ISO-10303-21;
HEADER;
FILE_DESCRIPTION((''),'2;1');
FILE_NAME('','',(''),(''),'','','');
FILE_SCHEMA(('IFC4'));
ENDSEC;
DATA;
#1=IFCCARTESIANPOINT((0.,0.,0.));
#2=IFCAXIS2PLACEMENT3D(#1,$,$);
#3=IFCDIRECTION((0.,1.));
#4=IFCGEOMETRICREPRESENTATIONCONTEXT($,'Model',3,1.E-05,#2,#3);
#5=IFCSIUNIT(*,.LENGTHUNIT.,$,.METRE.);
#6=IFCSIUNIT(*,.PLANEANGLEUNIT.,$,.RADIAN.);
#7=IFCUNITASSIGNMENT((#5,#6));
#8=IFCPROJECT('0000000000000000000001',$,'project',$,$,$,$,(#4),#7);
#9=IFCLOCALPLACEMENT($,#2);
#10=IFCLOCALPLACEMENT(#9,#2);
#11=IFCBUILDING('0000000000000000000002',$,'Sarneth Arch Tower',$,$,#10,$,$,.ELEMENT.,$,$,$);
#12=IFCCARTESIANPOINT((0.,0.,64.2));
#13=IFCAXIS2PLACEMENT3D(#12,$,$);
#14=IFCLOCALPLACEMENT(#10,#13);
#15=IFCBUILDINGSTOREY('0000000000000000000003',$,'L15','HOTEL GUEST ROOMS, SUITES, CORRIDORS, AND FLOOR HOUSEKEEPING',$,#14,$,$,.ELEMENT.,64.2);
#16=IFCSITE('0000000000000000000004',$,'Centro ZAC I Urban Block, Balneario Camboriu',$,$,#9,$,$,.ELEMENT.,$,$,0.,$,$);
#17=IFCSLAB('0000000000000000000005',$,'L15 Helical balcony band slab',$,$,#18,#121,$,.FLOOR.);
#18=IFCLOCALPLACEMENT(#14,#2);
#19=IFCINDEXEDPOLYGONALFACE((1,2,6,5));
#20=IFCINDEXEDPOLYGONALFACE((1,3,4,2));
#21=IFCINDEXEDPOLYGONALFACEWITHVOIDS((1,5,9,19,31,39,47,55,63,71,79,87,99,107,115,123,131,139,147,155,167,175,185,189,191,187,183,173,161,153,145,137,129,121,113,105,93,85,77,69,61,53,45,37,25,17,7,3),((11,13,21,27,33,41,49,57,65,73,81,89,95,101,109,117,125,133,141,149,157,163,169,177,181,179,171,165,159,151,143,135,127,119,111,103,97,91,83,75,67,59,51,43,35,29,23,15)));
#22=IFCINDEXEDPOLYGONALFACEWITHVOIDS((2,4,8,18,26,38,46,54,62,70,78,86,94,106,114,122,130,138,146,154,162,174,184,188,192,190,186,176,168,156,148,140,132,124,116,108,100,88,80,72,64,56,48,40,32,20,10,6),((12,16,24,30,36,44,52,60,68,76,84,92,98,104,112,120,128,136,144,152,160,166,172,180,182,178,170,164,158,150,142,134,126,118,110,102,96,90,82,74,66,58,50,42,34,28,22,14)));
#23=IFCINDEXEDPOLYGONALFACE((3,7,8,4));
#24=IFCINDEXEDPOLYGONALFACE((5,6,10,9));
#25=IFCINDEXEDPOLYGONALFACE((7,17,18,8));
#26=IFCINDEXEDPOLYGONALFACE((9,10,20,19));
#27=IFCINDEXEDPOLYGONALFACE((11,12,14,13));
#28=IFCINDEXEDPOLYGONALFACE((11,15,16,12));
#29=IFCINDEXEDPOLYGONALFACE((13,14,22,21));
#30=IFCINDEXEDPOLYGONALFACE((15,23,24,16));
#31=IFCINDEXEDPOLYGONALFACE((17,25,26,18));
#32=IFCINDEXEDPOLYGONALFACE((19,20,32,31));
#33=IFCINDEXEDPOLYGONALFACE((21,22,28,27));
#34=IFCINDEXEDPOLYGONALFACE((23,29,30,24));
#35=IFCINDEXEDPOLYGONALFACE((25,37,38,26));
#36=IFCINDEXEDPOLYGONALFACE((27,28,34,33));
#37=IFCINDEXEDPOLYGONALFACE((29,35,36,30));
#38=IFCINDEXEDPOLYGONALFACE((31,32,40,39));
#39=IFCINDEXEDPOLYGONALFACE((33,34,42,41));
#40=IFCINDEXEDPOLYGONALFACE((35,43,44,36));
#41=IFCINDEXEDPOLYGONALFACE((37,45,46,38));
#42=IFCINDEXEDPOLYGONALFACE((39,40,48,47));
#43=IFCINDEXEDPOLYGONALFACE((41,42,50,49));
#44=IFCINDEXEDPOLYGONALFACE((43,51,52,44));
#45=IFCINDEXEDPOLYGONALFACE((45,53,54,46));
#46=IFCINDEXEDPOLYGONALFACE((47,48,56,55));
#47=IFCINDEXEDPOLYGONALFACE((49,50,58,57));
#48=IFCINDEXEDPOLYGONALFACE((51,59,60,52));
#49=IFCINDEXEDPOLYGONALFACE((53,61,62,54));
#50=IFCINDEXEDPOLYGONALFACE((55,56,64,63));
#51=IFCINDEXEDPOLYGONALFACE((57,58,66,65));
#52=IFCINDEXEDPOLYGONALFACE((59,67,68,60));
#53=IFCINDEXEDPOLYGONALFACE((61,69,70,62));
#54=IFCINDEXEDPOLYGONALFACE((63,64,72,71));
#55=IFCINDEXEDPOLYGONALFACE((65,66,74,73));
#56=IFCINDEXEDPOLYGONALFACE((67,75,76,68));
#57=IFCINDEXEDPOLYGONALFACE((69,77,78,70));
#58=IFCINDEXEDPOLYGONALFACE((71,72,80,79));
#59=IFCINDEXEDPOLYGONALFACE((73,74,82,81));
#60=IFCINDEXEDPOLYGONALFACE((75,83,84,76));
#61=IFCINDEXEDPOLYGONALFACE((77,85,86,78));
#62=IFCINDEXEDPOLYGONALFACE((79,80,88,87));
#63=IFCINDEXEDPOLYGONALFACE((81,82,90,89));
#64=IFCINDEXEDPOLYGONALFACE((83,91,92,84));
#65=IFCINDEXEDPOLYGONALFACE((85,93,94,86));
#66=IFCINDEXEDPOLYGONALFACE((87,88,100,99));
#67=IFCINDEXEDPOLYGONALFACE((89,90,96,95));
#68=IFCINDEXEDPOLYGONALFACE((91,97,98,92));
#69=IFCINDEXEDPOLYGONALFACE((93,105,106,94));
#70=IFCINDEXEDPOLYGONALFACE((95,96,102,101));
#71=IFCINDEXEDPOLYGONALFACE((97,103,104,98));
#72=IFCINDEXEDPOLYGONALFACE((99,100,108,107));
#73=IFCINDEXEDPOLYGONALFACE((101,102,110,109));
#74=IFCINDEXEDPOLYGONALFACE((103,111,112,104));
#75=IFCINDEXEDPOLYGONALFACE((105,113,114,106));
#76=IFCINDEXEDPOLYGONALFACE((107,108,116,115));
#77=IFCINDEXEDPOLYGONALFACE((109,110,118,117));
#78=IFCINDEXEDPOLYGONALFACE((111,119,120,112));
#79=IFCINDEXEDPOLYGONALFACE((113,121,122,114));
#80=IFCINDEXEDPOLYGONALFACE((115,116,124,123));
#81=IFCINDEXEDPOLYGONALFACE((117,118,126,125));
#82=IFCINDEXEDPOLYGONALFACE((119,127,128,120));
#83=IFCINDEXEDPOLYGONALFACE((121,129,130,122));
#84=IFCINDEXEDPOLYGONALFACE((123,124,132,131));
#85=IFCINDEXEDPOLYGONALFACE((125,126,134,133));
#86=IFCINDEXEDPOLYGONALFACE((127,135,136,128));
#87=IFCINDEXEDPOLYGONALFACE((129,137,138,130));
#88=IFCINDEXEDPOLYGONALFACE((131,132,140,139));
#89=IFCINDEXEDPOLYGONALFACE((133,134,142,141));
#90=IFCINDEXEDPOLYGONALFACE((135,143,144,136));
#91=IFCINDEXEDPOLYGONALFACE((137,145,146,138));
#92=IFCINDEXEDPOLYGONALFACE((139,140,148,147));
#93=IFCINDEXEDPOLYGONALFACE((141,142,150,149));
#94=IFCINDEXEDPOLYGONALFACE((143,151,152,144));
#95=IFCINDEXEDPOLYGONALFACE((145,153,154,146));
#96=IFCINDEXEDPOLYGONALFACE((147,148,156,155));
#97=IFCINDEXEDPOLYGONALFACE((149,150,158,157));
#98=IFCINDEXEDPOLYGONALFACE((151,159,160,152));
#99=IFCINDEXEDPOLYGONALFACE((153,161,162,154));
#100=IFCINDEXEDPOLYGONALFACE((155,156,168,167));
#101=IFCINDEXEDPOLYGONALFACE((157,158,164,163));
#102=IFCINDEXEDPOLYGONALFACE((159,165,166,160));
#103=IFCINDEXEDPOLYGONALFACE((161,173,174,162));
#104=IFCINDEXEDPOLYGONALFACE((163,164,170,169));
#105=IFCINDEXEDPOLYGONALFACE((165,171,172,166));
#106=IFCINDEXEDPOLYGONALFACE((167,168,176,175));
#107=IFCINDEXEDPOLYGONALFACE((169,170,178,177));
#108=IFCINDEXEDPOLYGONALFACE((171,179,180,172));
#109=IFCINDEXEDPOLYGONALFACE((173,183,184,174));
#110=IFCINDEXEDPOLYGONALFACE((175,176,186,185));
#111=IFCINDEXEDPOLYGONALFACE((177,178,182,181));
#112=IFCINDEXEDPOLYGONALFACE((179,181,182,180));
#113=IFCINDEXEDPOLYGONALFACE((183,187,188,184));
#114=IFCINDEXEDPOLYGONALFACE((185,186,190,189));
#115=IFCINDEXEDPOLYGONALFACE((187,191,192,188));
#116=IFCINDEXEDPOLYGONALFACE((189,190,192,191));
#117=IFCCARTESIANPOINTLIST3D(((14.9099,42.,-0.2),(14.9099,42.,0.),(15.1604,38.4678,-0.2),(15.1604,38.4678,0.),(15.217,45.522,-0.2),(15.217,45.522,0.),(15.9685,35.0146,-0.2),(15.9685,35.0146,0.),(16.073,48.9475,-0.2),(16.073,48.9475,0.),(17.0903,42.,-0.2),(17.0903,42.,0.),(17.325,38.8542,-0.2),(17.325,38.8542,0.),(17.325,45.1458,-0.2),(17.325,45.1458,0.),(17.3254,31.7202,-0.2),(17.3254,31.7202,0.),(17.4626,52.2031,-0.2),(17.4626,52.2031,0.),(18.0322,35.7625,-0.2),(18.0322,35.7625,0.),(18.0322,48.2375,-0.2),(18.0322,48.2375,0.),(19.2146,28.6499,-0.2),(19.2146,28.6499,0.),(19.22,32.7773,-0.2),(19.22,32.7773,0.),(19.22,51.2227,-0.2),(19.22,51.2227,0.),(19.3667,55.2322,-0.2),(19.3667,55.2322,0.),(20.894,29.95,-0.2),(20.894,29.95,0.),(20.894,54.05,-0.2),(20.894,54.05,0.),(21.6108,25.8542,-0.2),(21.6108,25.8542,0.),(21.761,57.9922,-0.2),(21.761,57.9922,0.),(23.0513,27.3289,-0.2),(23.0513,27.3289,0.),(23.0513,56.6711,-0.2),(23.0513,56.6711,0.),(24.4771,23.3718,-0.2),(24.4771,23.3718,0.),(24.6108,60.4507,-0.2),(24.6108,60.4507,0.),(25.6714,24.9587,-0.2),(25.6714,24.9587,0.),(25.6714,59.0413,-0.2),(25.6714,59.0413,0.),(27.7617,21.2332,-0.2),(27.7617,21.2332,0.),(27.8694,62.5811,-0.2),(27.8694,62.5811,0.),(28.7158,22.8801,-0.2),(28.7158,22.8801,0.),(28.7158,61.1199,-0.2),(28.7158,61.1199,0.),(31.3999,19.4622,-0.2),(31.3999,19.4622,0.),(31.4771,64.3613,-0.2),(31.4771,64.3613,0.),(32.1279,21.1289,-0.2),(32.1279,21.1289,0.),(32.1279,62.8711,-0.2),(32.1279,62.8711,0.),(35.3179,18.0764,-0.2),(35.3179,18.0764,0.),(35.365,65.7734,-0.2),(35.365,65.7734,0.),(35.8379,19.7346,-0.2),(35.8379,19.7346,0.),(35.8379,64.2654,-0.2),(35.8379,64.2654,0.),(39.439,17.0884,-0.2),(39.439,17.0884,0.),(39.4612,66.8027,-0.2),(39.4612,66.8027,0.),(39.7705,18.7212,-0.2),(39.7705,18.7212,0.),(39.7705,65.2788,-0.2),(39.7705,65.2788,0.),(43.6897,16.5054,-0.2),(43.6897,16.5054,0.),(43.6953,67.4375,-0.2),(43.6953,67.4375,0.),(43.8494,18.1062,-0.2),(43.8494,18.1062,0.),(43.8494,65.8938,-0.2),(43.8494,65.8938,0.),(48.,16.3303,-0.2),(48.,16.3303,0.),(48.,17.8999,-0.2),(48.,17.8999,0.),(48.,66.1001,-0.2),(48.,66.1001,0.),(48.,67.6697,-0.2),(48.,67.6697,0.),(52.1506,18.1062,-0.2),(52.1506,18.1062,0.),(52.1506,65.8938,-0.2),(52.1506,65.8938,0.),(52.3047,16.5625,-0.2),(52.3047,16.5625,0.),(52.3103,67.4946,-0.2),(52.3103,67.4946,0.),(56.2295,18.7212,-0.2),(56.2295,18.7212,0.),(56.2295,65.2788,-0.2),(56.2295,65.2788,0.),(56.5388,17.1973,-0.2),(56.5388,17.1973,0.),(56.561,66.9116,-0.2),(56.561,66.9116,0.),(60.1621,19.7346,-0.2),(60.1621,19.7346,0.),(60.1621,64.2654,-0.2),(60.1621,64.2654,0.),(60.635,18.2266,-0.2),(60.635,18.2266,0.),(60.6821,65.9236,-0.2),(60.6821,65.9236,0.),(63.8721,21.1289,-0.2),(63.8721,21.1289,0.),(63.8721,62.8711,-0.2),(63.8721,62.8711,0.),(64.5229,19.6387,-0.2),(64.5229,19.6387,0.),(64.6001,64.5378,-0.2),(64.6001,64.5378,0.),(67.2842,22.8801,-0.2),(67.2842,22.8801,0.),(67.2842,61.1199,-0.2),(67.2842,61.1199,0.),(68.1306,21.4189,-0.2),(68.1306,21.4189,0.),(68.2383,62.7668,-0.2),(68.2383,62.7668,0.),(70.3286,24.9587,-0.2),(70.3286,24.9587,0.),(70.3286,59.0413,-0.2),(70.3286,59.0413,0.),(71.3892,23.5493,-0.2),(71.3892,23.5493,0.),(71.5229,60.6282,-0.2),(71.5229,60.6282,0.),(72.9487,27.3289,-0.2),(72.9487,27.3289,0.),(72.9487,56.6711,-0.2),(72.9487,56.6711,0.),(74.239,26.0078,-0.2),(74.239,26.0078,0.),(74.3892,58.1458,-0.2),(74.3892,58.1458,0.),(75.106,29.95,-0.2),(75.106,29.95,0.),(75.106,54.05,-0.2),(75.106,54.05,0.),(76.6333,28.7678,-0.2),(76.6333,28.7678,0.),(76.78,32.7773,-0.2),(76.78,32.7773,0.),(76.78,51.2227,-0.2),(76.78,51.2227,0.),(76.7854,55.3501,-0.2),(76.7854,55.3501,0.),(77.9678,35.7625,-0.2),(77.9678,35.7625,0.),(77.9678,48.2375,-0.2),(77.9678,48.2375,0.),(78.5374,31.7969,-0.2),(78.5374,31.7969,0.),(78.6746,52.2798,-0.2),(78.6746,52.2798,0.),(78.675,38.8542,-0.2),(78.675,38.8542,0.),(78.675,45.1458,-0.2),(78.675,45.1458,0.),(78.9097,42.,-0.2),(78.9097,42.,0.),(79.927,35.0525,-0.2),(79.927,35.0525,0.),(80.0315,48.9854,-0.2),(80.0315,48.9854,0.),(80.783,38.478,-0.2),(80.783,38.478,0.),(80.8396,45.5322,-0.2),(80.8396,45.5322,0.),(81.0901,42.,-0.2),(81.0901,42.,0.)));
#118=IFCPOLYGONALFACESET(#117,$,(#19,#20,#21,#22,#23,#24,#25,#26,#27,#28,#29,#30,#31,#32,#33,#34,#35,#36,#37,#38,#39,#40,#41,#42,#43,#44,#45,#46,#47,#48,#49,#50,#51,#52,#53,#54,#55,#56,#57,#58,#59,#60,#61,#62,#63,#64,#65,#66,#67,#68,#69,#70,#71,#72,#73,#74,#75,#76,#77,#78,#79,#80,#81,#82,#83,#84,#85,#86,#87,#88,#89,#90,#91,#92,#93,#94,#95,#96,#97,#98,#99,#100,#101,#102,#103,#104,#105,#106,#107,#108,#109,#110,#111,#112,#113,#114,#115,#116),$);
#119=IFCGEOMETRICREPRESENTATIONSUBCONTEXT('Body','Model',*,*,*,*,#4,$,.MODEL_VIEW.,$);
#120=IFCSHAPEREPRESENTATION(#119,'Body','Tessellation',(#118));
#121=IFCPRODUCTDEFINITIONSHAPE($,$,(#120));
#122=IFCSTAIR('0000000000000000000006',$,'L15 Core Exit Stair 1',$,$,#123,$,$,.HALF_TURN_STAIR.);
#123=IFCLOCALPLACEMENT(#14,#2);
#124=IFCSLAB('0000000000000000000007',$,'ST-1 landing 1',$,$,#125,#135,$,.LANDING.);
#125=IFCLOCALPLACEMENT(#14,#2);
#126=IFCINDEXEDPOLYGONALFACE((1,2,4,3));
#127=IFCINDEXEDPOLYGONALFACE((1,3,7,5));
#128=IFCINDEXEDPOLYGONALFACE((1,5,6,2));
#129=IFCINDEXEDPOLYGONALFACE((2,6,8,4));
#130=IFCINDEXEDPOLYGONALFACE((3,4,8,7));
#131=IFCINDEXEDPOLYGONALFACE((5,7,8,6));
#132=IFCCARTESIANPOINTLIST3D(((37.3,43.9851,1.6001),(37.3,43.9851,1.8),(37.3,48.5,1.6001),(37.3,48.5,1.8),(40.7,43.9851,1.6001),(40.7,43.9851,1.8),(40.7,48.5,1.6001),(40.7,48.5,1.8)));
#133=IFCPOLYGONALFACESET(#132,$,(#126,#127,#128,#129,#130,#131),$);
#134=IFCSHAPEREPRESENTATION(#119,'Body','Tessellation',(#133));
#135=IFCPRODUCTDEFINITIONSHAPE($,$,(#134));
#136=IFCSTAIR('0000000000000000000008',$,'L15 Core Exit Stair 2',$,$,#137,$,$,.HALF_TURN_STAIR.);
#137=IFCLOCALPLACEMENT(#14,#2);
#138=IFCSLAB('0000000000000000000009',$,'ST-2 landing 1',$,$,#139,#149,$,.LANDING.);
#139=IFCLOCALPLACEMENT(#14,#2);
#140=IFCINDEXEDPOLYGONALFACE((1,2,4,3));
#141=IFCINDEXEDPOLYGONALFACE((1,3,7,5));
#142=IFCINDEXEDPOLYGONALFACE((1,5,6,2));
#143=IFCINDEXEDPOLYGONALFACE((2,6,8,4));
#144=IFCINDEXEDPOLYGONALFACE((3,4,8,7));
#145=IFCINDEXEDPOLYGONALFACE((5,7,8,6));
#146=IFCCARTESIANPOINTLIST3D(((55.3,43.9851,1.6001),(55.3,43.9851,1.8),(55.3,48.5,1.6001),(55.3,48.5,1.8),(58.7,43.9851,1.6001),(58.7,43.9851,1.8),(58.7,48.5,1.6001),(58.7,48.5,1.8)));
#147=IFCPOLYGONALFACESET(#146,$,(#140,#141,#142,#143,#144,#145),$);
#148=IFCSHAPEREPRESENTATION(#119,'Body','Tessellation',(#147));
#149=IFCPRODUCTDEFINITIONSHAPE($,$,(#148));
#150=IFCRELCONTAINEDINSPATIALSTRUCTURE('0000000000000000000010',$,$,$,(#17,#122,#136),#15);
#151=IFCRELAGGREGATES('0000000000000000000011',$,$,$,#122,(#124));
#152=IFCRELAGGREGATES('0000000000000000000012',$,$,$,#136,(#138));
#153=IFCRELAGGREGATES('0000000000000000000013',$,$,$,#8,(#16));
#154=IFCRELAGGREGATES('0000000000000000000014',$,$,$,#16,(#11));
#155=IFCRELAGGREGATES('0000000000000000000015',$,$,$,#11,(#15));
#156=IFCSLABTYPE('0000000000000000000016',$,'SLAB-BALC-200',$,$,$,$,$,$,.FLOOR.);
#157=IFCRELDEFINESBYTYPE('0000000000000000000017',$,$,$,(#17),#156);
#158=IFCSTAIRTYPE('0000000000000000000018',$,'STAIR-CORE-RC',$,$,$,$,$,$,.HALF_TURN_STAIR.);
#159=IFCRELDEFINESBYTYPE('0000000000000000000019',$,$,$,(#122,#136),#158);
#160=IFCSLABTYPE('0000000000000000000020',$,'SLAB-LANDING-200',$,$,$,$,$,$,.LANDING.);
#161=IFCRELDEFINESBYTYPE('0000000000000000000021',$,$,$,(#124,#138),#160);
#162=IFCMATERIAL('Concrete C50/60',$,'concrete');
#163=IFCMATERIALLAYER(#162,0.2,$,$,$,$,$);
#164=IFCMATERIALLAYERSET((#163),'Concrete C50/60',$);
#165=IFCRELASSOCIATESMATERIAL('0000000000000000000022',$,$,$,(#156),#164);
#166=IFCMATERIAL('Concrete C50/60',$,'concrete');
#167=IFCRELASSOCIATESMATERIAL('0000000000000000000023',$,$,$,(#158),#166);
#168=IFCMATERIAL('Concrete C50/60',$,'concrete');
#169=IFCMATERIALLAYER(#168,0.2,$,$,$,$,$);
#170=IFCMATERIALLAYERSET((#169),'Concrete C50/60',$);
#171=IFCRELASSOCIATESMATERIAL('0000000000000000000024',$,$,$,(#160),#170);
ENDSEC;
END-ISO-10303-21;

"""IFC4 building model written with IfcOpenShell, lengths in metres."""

from ifc_helpers import new_model, si_unit, direction, frame, origin, place, context, subcontext, project, spatial, polyline, outline, extrude, material, layer, layer_set, type_object, element, aggregate, save


model = new_model("IFC4")

# Units and contexts
model_context = context("Model", 3, precision=1e-05, world=origin(), true_north=direction((0.0, 1.0)))
body_context = subcontext(model_context, "Body", "Model", "MODEL_VIEW")
ifc_project = project(units=[si_unit("LENGTHUNIT", "METRE"), si_unit("PLANEANGLEUNIT", "RADIAN")], contexts=[model_context])

# Site, building, storey
site_placement = place(None, origin())
site = spatial("IfcSite", under=ifc_project, at=site_placement, Name="Centro ZAC I Urban Block, Balneario Camboriu", CompositionType="ELEMENT", RefElevation=0.0)
building_placement = place(site_placement, origin())
building = spatial("IfcBuilding", under=site, at=building_placement, Name="Sarneth Arch Tower", CompositionType="ELEMENT")
storey_placement = place(building_placement, frame((0.0, 0.0, 64.2)))
storey = spatial("IfcBuildingStorey", under=building, at=storey_placement, Name="L15", Description="HOTEL GUEST ROOMS, SUITES, CORRIDORS, AND FLOOR HOUSEKEEPING", CompositionType="ELEMENT", Elevation=64.2)

# Slab
ifc_material_1 = material(Name="Concrete C50/60", Category="concrete")
ifc_layer_1 = layer(ifc_material_1, 0.2)
ifc_layer_set_1 = layer_set([ifc_layer_1], Name="Concrete C50/60")
slab_type_1 = type_object("IfcSlabType", Name="SLAB-BALC-200", PredefinedType="FLOOR", material=ifc_layer_set_1)
slab_1_placement = place(storey_placement, frame((0.0, 0.0, -0.2)))
element("IfcSlab", 1, at=slab_1_placement, inside=storey, type_object=slab_type_1, Name="L15 Helical balcony band slab", PredefinedType="FLOOR", context=body_context, shape_type="SweptSolid", body=[
    extrude(outline(polyline([(81.0901, 42.0), (80.8396, 45.5322), (80.0315, 48.9854), (78.6746, 52.2798), (76.7854, 55.3501), (74.3892, 58.1458), (71.5229, 60.6282), (68.2383, 62.7668), (64.6001, 64.5378), (60.6821, 65.9236), (56.561, 66.9116), (52.3103, 67.4946), (48.0, 67.6697), (43.6953, 67.4375), (39.4612, 66.8027), (35.365, 65.7734), (31.4771, 64.3613), (27.8694, 62.5811), (24.6108, 60.4507), (21.761, 57.9922), (19.3667, 55.2322), (17.4626, 52.2031), (16.073, 48.9475), (15.217, 45.522), (14.9099, 42.0), (15.1604, 38.4678), (15.9685, 35.0146), (17.3254, 31.7202), (19.2146, 28.6499), (21.6108, 25.8542), (24.4771, 23.3718), (27.7617, 21.2332), (31.3999, 19.4622), (35.3179, 18.0764), (39.439, 17.0884), (43.6897, 16.5054), (48.0, 16.3303), (52.3047, 16.5625), (56.5388, 17.1973), (60.635, 18.2266), (64.5229, 19.6387), (68.1306, 21.4189), (71.3892, 23.5493), (74.239, 26.0078), (76.6333, 28.7678), (78.5374, 31.7969), (79.927, 35.0525), (80.783, 38.478), (81.0901, 42.0)]), holes=[polyline([(78.9097, 42.0), (78.675, 45.1458), (77.9678, 48.2375), (76.78, 51.2227), (75.106, 54.05), (72.9487, 56.6711), (70.3286, 59.0413), (67.2842, 61.1199), (63.8721, 62.8711), (60.1621, 64.2654), (56.2295, 65.2788), (52.1506, 65.8938), (48.0, 66.1001), (43.8494, 65.8938), (39.7705, 65.2788), (35.8379, 64.2654), (32.1279, 62.8711), (28.7158, 61.1199), (25.6714, 59.0413), (23.0513, 56.6711), (20.894, 54.05), (19.22, 51.2227), (18.0322, 48.2375), (17.325, 45.1458), (17.0903, 42.0), (17.325, 38.8542), (18.0322, 35.7625), (19.22, 32.7773), (20.894, 29.95), (23.0513, 27.3289), (25.6714, 24.9587), (28.7158, 22.8801), (32.1279, 21.1289), (35.8379, 19.7346), (39.7705, 18.7212), (43.8494, 18.1062), (48.0, 17.8999), (52.1506, 18.1062), (56.2295, 18.7212), (60.1621, 19.7346), (63.8721, 21.1289), (67.2842, 22.8801), (70.3286, 24.9587), (72.9487, 27.3289), (75.106, 29.95), (76.78, 32.7773), (77.9678, 35.7625), (78.675, 38.8542), (78.9097, 42.0)])]), origin(), (0.0, 0.0, 1.0), 0.2),
])

# Stairs, slabs
ifc_material_2 = material(Name="Concrete C50/60", Category="concrete")
stair_type = type_object("IfcStairType", Name="STAIR-CORE-RC", PredefinedType="HALF_TURN_STAIR", material=ifc_material_2)
stair_1_placement = place(storey_placement, origin())
stair_1 = element("IfcStair", 2, at=stair_1_placement, inside=storey, type_object=stair_type, Name="L15 Core Exit Stair 1", PredefinedType="HALF_TURN_STAIR")
ifc_material_3 = material(Name="Concrete C50/60", Category="concrete")
ifc_layer_2 = layer(ifc_material_3, 0.2)
ifc_layer_set_2 = layer_set([ifc_layer_2], Name="Concrete C50/60")
slab_type_2 = type_object("IfcSlabType", Name="SLAB-LANDING-200", PredefinedType="LANDING", material=ifc_layer_set_2)
slab_2_placement = place(storey_placement, frame((0.0, 0.0, 1.6001)))
slab_2 = element("IfcSlab", 3, at=slab_2_placement, type_object=slab_type_2, Name="ST-1 landing 1", PredefinedType="LANDING", context=body_context, shape_type="SweptSolid", body=[
    extrude(outline(polyline([(37.3, 43.9851), (40.7, 43.9851), (40.7, 48.5), (37.3, 48.5), (37.3, 43.9851)])), origin(), (0.0, 0.0, 1.0), 0.2),
])
aggregate(stair_1, [slab_2])
stair_2_placement = place(storey_placement, origin())
stair_2 = element("IfcStair", 4, at=stair_2_placement, inside=storey, type_object=stair_type, Name="L15 Core Exit Stair 2", PredefinedType="HALF_TURN_STAIR")
slab_3_placement = place(storey_placement, frame((0.0, 0.0, 1.6001)))
slab_3 = element("IfcSlab", 5, at=slab_3_placement, type_object=slab_type_2, Name="ST-2 landing 1", PredefinedType="LANDING", context=body_context, shape_type="SweptSolid", body=[
    extrude(outline(polyline([(55.3, 43.9851), (58.7, 43.9851), (58.7, 48.5), (55.3, 48.5), (55.3, 43.9851)])), origin(), (0.0, 0.0, 1.0), 0.2),
])
aggregate(stair_2, [slab_3])

save(model, "model.ifc")
